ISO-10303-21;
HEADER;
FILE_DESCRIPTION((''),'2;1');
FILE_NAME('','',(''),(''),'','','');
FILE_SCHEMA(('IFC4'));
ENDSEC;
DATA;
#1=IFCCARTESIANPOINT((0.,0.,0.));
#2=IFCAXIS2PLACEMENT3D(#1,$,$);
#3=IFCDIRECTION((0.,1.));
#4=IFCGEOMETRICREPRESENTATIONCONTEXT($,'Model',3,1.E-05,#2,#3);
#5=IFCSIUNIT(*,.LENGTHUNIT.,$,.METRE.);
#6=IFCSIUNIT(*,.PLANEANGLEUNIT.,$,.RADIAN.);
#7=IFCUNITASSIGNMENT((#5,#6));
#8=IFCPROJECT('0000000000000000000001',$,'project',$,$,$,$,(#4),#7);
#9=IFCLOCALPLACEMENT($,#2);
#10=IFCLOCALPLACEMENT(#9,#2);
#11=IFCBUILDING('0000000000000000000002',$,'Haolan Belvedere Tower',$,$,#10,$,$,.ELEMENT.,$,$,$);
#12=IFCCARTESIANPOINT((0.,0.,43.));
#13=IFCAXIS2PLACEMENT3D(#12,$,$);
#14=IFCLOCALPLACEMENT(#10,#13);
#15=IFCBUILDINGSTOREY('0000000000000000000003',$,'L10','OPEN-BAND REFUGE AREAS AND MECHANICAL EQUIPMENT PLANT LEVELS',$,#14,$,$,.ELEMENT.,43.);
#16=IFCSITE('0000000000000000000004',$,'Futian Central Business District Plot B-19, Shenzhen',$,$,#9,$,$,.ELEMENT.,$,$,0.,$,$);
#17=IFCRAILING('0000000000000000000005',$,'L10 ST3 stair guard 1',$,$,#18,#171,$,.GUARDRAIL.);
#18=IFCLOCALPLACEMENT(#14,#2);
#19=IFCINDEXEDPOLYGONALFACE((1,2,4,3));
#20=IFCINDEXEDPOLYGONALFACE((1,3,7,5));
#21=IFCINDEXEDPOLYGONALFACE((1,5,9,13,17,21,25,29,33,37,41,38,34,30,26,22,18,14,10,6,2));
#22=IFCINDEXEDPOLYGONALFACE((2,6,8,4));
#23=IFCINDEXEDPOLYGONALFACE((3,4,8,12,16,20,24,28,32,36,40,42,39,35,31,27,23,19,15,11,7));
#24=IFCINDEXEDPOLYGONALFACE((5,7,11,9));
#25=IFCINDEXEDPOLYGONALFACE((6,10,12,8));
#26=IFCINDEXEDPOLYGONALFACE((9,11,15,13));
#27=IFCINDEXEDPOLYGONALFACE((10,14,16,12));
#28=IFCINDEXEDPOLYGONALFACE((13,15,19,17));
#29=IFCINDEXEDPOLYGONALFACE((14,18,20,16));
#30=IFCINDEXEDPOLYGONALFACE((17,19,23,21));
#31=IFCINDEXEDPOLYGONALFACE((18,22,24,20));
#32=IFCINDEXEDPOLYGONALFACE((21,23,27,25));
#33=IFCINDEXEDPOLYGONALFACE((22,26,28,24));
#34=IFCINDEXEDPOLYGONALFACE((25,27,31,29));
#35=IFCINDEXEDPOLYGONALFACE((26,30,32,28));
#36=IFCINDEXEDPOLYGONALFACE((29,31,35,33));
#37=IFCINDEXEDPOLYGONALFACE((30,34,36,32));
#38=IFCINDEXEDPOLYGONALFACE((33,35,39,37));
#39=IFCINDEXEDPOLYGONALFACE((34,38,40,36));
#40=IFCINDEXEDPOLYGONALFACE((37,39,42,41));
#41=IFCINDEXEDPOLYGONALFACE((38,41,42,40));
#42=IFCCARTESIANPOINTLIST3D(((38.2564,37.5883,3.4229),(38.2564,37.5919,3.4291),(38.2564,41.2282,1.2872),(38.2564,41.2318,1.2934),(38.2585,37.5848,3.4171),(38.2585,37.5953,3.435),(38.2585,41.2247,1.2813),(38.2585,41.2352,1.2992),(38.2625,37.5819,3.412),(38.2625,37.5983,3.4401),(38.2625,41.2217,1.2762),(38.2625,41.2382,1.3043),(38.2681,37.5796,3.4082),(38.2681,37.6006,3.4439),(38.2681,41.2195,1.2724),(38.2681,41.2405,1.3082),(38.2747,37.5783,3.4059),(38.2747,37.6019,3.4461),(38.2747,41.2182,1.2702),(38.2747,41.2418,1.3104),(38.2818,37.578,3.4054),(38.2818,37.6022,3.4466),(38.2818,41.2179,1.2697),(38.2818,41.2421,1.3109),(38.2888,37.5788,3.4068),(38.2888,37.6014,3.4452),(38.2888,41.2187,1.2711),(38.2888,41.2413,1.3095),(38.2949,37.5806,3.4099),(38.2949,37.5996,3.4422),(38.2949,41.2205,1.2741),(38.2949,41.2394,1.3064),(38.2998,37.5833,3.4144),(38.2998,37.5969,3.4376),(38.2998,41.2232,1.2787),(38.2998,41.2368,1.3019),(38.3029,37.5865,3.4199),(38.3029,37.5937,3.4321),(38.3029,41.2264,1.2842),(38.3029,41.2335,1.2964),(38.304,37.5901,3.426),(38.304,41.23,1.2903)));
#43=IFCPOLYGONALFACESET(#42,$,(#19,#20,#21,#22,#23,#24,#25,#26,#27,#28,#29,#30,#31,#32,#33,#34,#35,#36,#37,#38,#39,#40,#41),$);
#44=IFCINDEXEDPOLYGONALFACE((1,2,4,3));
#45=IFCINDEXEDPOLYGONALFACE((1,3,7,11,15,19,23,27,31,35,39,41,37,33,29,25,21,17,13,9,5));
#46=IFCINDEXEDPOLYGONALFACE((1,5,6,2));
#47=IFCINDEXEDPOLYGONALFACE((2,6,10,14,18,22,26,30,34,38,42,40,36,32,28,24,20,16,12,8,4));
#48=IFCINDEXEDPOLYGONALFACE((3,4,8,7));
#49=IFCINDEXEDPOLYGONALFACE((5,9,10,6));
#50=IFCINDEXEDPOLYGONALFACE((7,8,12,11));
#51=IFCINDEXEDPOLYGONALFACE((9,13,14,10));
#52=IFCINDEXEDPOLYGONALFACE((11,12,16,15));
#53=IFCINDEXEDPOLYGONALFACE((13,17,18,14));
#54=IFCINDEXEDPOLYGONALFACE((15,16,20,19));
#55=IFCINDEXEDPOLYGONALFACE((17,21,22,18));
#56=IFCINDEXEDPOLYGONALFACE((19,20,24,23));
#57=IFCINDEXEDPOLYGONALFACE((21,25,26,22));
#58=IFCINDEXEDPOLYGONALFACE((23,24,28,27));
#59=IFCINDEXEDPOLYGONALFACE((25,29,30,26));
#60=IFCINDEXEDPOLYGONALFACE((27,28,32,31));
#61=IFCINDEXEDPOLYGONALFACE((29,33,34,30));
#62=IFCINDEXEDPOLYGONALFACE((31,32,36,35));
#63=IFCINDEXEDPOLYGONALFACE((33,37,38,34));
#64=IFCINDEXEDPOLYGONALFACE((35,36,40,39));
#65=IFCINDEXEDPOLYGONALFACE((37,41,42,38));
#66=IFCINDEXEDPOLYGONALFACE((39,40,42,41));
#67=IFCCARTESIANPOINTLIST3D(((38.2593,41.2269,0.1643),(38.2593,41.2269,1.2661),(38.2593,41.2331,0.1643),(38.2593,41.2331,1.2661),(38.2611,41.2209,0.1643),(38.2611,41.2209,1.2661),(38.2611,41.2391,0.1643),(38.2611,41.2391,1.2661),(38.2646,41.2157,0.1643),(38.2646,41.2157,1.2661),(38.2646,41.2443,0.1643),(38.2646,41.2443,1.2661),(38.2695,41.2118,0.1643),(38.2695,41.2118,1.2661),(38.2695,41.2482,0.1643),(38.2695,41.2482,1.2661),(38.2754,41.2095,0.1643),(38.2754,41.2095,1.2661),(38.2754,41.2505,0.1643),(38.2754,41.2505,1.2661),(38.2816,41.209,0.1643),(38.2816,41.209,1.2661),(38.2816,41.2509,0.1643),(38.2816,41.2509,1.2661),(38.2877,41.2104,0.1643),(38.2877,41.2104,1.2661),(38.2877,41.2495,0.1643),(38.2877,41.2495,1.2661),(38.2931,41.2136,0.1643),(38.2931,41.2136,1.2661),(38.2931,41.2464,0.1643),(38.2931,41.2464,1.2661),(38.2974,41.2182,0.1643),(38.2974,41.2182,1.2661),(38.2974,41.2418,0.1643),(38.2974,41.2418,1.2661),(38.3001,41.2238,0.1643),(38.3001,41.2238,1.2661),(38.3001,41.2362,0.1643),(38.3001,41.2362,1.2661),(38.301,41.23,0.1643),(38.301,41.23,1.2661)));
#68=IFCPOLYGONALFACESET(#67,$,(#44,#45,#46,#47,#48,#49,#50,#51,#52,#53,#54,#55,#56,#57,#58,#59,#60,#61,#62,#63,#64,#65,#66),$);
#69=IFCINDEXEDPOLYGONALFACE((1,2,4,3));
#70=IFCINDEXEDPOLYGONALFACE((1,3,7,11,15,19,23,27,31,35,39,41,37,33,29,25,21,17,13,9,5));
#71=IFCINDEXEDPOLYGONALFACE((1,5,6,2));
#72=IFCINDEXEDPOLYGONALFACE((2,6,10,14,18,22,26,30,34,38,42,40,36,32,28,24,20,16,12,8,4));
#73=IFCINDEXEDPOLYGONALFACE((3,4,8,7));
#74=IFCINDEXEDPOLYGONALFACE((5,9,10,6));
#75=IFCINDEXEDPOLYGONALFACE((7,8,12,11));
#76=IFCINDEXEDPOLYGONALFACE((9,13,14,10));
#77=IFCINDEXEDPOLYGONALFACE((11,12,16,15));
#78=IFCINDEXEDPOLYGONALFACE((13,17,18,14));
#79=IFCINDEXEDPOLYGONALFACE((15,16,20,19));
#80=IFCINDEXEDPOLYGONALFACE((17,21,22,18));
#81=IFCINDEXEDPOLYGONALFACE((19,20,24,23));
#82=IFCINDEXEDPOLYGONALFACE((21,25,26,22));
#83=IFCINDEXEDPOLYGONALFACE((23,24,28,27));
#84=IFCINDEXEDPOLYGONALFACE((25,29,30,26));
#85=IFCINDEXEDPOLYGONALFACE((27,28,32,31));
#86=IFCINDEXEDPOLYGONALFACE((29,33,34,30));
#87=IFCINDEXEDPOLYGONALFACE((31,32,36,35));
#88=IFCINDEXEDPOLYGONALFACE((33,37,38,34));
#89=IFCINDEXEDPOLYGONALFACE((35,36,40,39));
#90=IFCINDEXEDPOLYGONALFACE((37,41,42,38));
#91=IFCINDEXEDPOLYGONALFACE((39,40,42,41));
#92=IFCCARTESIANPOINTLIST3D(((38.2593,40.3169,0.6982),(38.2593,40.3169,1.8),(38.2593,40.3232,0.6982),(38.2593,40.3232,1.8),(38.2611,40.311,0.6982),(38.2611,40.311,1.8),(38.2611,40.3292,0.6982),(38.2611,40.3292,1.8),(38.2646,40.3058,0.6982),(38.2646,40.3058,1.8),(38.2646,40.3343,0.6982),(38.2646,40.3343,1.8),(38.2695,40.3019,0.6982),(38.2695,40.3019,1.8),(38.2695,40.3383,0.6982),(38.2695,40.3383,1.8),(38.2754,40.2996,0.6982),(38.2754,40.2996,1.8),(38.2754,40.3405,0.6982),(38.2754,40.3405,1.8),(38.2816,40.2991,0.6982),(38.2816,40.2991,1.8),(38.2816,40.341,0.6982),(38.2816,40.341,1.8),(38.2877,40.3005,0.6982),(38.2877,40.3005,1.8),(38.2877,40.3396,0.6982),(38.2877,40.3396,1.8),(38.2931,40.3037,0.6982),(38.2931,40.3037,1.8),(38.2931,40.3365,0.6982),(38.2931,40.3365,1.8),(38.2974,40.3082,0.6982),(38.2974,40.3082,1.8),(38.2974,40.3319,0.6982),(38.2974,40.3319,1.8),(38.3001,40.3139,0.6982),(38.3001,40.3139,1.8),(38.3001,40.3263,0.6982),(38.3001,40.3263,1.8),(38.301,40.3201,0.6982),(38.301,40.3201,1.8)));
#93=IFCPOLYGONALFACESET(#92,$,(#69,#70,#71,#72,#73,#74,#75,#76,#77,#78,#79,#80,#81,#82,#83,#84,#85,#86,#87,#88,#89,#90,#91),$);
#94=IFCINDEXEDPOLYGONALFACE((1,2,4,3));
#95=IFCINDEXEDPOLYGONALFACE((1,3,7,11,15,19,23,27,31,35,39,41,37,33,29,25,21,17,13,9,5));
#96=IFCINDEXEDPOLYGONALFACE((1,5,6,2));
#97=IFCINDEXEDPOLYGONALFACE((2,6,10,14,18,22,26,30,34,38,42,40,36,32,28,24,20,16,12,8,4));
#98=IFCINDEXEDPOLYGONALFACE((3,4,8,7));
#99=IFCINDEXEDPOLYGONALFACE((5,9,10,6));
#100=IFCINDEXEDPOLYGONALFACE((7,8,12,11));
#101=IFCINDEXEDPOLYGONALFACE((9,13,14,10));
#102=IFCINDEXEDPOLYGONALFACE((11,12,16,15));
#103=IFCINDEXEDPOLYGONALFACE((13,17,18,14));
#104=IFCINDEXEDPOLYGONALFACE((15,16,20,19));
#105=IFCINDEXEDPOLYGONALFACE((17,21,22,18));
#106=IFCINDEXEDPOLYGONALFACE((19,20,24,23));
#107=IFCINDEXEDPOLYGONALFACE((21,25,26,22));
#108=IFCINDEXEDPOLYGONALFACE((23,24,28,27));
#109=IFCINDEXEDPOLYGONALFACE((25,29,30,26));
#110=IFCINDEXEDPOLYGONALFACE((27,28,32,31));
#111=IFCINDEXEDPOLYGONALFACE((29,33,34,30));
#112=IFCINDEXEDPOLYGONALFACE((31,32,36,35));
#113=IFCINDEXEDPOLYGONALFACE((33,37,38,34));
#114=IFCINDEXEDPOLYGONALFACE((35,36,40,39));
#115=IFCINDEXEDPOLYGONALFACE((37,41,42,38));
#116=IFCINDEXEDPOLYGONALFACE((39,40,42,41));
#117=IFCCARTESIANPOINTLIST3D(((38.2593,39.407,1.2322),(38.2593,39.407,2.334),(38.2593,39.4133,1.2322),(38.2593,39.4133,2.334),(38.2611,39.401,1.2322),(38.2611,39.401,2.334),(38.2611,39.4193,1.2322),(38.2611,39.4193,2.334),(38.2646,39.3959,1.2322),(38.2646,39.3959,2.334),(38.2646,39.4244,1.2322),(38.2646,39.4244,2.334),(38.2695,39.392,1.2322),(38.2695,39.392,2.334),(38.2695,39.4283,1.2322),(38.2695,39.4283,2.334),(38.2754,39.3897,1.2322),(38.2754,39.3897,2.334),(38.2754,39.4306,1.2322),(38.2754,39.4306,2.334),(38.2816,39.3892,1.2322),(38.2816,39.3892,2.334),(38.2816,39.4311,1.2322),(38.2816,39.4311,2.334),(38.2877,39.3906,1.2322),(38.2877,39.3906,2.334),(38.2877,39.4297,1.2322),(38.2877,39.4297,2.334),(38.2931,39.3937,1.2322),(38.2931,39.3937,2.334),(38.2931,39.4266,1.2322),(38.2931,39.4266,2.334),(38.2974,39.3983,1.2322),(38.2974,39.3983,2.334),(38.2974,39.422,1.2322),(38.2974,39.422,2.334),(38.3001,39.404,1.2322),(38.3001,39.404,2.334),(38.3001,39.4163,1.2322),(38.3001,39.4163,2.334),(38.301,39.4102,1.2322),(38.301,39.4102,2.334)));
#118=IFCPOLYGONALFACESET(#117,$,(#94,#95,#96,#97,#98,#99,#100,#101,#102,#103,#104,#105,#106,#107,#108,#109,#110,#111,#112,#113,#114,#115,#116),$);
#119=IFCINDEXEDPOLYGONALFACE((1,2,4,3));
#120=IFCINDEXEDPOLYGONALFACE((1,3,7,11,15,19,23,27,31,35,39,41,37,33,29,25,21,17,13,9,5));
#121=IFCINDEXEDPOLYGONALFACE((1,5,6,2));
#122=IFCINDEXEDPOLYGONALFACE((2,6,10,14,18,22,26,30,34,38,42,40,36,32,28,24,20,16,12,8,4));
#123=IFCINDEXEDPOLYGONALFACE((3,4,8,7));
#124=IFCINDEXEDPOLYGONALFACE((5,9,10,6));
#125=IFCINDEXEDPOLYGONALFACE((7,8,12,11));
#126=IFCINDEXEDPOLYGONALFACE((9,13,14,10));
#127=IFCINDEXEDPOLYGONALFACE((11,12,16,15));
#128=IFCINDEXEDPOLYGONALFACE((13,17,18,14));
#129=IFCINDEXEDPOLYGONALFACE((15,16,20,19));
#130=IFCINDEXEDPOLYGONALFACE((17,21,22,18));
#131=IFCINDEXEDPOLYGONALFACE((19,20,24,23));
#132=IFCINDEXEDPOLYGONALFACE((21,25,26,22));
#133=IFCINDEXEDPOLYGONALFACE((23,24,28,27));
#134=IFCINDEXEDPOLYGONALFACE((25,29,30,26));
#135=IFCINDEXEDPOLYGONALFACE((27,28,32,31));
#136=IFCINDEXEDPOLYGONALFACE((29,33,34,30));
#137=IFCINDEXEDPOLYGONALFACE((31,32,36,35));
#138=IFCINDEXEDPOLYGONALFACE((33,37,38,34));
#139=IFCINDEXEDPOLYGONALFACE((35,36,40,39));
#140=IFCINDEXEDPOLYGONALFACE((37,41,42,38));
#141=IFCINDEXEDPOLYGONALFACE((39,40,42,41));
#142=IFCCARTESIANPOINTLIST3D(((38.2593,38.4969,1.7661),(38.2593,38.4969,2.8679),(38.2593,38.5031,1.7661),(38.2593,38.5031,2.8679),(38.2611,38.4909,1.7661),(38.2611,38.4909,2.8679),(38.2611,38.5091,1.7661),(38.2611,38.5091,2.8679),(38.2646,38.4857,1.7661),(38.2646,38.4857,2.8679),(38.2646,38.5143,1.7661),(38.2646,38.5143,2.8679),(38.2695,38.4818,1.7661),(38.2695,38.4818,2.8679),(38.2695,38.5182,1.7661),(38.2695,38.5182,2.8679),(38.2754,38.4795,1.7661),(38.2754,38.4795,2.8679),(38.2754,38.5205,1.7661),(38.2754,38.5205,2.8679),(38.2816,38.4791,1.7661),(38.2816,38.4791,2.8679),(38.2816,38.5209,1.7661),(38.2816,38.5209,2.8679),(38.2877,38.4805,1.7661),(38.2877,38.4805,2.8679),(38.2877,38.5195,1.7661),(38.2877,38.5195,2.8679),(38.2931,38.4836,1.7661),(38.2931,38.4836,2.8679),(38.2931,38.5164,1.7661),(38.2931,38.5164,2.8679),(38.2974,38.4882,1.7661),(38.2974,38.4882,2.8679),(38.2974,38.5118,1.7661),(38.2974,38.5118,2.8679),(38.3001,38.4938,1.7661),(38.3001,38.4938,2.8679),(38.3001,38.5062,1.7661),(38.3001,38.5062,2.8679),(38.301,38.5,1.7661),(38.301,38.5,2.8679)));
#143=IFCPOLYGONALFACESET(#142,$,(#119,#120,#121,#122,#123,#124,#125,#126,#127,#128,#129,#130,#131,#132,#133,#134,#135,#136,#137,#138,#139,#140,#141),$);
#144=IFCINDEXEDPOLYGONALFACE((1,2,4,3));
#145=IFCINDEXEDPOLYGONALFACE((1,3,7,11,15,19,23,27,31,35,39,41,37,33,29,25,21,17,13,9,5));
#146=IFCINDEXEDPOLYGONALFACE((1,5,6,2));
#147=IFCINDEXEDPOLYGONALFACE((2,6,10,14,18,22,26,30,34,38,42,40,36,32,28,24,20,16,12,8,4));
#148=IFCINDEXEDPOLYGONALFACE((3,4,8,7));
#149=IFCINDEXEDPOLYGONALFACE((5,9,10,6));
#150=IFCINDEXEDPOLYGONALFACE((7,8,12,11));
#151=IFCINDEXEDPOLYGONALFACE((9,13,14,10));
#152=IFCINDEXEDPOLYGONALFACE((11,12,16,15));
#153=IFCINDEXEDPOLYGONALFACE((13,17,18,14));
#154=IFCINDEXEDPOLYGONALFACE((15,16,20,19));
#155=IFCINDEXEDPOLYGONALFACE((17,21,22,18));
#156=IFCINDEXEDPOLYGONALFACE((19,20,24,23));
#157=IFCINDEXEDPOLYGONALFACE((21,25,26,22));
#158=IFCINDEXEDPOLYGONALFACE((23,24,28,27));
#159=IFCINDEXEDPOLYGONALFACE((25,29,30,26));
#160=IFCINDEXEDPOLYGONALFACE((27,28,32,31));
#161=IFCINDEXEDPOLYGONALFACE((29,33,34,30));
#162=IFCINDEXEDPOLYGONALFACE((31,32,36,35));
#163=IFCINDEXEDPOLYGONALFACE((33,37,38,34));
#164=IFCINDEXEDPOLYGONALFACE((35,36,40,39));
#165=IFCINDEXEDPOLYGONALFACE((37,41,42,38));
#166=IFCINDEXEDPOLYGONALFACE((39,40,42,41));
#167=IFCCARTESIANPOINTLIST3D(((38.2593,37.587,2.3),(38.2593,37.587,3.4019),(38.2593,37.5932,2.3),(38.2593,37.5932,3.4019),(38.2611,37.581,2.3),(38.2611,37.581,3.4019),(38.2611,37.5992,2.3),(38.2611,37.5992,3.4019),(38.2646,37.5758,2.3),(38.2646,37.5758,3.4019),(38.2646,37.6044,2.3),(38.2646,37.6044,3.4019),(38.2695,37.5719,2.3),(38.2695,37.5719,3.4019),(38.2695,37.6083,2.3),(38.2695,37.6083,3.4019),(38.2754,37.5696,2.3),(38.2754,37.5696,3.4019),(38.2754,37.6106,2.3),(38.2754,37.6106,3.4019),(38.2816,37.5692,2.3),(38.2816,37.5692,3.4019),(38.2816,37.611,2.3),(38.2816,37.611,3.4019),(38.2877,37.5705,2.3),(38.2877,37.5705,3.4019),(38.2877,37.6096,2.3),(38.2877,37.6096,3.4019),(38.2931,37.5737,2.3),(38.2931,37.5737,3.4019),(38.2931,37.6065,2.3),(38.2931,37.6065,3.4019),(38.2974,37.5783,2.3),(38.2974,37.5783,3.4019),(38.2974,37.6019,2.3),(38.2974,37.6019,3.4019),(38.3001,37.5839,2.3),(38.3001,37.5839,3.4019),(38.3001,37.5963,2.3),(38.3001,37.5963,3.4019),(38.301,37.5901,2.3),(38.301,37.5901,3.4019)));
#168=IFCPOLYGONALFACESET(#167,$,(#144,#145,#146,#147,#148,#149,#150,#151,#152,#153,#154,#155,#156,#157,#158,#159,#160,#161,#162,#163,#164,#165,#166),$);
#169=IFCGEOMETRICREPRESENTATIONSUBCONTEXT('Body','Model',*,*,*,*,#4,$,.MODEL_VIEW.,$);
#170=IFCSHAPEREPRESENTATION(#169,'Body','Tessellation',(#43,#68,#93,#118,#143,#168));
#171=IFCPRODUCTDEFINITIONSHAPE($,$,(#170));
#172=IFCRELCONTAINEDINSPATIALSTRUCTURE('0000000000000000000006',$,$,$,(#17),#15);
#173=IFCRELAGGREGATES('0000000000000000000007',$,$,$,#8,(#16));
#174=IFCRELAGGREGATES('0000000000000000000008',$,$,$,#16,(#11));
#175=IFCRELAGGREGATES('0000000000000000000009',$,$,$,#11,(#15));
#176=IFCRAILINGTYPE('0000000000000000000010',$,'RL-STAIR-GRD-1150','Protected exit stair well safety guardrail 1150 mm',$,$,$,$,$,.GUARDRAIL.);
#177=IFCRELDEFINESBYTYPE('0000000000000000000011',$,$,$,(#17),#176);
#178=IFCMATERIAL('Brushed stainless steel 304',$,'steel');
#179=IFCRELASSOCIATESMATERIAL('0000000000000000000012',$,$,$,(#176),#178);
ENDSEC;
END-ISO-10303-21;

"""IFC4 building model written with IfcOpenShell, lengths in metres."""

from ifc_helpers import new_model, si_unit, direction, frame, origin, origin_2d, place, context, subcontext, project, spatial, circle, extrude, material, type_object, element, save


model = new_model("IFC4")

# Units and contexts
model_context = context("Model", 3, precision=1e-05, world=origin(), true_north=direction((0.0, 1.0)))
body_context = subcontext(model_context, "Body", "Model", "MODEL_VIEW")
ifc_project = project(units=[si_unit("LENGTHUNIT", "METRE"), si_unit("PLANEANGLEUNIT", "RADIAN")], contexts=[model_context])

# Site, building, storey
site_placement = place(None, origin())
site = spatial("IfcSite", under=ifc_project, at=site_placement, Name="Futian Central Business District Plot B-19, Shenzhen", CompositionType="ELEMENT", RefElevation=0.0)
building_placement = place(site_placement, origin())
building = spatial("IfcBuilding", under=site, at=building_placement, Name="Haolan Belvedere Tower", CompositionType="ELEMENT")
storey_placement = place(building_placement, frame((0.0, 0.0, 43.0)))
storey = spatial("IfcBuildingStorey", under=building, at=storey_placement, Name="L10", Description="OPEN-BAND REFUGE AREAS AND MECHANICAL EQUIPMENT PLANT LEVELS", CompositionType="ELEMENT", Elevation=43.0)

# Railing
ifc_material_1 = material(Name="Brushed stainless steel 304", Category="steel")
railing_type_1 = type_object("IfcRailingType", Name="RL-STAIR-GRD-1150", Description="Protected exit stair well safety guardrail 1150 mm", PredefinedType="GUARDRAIL", material=ifc_material_1)
railing_1_placement = place(storey_placement, frame((38.28, 41.23, 0.1643)))
element("IfcRailing", 1, at=railing_1_placement, inside=storey, type_object=railing_type_1, Name="L10 ST3 stair guard 1", PredefinedType="GUARDRAIL", context=body_context, shape_type="SweptSolid", body=[
    extrude(circle(Radius=0.0239, at=origin_2d()), frame((0.0, 0.0, 1.126), z_axis=(0.0, -0.86249, 0.506074), x_axis=(1.0, 0.0, 0.0)), (0.0, 0.0, 1.0), 4.2202),
    extrude(circle(Radius=0.021, at=origin_2d()), origin(), (0.0, 0.0, 1.0), 1.1018),
    extrude(circle(Radius=0.021, at=origin_2d()), frame((0.0, -0.9099, 0.5339)), (0.0, 0.0, 1.0), 1.1018),
    extrude(circle(Radius=0.021, at=origin_2d()), frame((0.0, -1.8198, 1.0679)), (0.0, 0.0, 1.0), 1.1018),
    extrude(circle(Radius=0.021, at=origin_2d()), frame((0.0, -2.73, 1.6018)), (0.0, 0.0, 1.0), 1.1018),
    extrude(circle(Radius=0.021, at=origin_2d()), frame((0.0, -3.6399, 2.1357)), (0.0, 0.0, 1.0), 1.1018),
])

save(model, "model.ifc")
